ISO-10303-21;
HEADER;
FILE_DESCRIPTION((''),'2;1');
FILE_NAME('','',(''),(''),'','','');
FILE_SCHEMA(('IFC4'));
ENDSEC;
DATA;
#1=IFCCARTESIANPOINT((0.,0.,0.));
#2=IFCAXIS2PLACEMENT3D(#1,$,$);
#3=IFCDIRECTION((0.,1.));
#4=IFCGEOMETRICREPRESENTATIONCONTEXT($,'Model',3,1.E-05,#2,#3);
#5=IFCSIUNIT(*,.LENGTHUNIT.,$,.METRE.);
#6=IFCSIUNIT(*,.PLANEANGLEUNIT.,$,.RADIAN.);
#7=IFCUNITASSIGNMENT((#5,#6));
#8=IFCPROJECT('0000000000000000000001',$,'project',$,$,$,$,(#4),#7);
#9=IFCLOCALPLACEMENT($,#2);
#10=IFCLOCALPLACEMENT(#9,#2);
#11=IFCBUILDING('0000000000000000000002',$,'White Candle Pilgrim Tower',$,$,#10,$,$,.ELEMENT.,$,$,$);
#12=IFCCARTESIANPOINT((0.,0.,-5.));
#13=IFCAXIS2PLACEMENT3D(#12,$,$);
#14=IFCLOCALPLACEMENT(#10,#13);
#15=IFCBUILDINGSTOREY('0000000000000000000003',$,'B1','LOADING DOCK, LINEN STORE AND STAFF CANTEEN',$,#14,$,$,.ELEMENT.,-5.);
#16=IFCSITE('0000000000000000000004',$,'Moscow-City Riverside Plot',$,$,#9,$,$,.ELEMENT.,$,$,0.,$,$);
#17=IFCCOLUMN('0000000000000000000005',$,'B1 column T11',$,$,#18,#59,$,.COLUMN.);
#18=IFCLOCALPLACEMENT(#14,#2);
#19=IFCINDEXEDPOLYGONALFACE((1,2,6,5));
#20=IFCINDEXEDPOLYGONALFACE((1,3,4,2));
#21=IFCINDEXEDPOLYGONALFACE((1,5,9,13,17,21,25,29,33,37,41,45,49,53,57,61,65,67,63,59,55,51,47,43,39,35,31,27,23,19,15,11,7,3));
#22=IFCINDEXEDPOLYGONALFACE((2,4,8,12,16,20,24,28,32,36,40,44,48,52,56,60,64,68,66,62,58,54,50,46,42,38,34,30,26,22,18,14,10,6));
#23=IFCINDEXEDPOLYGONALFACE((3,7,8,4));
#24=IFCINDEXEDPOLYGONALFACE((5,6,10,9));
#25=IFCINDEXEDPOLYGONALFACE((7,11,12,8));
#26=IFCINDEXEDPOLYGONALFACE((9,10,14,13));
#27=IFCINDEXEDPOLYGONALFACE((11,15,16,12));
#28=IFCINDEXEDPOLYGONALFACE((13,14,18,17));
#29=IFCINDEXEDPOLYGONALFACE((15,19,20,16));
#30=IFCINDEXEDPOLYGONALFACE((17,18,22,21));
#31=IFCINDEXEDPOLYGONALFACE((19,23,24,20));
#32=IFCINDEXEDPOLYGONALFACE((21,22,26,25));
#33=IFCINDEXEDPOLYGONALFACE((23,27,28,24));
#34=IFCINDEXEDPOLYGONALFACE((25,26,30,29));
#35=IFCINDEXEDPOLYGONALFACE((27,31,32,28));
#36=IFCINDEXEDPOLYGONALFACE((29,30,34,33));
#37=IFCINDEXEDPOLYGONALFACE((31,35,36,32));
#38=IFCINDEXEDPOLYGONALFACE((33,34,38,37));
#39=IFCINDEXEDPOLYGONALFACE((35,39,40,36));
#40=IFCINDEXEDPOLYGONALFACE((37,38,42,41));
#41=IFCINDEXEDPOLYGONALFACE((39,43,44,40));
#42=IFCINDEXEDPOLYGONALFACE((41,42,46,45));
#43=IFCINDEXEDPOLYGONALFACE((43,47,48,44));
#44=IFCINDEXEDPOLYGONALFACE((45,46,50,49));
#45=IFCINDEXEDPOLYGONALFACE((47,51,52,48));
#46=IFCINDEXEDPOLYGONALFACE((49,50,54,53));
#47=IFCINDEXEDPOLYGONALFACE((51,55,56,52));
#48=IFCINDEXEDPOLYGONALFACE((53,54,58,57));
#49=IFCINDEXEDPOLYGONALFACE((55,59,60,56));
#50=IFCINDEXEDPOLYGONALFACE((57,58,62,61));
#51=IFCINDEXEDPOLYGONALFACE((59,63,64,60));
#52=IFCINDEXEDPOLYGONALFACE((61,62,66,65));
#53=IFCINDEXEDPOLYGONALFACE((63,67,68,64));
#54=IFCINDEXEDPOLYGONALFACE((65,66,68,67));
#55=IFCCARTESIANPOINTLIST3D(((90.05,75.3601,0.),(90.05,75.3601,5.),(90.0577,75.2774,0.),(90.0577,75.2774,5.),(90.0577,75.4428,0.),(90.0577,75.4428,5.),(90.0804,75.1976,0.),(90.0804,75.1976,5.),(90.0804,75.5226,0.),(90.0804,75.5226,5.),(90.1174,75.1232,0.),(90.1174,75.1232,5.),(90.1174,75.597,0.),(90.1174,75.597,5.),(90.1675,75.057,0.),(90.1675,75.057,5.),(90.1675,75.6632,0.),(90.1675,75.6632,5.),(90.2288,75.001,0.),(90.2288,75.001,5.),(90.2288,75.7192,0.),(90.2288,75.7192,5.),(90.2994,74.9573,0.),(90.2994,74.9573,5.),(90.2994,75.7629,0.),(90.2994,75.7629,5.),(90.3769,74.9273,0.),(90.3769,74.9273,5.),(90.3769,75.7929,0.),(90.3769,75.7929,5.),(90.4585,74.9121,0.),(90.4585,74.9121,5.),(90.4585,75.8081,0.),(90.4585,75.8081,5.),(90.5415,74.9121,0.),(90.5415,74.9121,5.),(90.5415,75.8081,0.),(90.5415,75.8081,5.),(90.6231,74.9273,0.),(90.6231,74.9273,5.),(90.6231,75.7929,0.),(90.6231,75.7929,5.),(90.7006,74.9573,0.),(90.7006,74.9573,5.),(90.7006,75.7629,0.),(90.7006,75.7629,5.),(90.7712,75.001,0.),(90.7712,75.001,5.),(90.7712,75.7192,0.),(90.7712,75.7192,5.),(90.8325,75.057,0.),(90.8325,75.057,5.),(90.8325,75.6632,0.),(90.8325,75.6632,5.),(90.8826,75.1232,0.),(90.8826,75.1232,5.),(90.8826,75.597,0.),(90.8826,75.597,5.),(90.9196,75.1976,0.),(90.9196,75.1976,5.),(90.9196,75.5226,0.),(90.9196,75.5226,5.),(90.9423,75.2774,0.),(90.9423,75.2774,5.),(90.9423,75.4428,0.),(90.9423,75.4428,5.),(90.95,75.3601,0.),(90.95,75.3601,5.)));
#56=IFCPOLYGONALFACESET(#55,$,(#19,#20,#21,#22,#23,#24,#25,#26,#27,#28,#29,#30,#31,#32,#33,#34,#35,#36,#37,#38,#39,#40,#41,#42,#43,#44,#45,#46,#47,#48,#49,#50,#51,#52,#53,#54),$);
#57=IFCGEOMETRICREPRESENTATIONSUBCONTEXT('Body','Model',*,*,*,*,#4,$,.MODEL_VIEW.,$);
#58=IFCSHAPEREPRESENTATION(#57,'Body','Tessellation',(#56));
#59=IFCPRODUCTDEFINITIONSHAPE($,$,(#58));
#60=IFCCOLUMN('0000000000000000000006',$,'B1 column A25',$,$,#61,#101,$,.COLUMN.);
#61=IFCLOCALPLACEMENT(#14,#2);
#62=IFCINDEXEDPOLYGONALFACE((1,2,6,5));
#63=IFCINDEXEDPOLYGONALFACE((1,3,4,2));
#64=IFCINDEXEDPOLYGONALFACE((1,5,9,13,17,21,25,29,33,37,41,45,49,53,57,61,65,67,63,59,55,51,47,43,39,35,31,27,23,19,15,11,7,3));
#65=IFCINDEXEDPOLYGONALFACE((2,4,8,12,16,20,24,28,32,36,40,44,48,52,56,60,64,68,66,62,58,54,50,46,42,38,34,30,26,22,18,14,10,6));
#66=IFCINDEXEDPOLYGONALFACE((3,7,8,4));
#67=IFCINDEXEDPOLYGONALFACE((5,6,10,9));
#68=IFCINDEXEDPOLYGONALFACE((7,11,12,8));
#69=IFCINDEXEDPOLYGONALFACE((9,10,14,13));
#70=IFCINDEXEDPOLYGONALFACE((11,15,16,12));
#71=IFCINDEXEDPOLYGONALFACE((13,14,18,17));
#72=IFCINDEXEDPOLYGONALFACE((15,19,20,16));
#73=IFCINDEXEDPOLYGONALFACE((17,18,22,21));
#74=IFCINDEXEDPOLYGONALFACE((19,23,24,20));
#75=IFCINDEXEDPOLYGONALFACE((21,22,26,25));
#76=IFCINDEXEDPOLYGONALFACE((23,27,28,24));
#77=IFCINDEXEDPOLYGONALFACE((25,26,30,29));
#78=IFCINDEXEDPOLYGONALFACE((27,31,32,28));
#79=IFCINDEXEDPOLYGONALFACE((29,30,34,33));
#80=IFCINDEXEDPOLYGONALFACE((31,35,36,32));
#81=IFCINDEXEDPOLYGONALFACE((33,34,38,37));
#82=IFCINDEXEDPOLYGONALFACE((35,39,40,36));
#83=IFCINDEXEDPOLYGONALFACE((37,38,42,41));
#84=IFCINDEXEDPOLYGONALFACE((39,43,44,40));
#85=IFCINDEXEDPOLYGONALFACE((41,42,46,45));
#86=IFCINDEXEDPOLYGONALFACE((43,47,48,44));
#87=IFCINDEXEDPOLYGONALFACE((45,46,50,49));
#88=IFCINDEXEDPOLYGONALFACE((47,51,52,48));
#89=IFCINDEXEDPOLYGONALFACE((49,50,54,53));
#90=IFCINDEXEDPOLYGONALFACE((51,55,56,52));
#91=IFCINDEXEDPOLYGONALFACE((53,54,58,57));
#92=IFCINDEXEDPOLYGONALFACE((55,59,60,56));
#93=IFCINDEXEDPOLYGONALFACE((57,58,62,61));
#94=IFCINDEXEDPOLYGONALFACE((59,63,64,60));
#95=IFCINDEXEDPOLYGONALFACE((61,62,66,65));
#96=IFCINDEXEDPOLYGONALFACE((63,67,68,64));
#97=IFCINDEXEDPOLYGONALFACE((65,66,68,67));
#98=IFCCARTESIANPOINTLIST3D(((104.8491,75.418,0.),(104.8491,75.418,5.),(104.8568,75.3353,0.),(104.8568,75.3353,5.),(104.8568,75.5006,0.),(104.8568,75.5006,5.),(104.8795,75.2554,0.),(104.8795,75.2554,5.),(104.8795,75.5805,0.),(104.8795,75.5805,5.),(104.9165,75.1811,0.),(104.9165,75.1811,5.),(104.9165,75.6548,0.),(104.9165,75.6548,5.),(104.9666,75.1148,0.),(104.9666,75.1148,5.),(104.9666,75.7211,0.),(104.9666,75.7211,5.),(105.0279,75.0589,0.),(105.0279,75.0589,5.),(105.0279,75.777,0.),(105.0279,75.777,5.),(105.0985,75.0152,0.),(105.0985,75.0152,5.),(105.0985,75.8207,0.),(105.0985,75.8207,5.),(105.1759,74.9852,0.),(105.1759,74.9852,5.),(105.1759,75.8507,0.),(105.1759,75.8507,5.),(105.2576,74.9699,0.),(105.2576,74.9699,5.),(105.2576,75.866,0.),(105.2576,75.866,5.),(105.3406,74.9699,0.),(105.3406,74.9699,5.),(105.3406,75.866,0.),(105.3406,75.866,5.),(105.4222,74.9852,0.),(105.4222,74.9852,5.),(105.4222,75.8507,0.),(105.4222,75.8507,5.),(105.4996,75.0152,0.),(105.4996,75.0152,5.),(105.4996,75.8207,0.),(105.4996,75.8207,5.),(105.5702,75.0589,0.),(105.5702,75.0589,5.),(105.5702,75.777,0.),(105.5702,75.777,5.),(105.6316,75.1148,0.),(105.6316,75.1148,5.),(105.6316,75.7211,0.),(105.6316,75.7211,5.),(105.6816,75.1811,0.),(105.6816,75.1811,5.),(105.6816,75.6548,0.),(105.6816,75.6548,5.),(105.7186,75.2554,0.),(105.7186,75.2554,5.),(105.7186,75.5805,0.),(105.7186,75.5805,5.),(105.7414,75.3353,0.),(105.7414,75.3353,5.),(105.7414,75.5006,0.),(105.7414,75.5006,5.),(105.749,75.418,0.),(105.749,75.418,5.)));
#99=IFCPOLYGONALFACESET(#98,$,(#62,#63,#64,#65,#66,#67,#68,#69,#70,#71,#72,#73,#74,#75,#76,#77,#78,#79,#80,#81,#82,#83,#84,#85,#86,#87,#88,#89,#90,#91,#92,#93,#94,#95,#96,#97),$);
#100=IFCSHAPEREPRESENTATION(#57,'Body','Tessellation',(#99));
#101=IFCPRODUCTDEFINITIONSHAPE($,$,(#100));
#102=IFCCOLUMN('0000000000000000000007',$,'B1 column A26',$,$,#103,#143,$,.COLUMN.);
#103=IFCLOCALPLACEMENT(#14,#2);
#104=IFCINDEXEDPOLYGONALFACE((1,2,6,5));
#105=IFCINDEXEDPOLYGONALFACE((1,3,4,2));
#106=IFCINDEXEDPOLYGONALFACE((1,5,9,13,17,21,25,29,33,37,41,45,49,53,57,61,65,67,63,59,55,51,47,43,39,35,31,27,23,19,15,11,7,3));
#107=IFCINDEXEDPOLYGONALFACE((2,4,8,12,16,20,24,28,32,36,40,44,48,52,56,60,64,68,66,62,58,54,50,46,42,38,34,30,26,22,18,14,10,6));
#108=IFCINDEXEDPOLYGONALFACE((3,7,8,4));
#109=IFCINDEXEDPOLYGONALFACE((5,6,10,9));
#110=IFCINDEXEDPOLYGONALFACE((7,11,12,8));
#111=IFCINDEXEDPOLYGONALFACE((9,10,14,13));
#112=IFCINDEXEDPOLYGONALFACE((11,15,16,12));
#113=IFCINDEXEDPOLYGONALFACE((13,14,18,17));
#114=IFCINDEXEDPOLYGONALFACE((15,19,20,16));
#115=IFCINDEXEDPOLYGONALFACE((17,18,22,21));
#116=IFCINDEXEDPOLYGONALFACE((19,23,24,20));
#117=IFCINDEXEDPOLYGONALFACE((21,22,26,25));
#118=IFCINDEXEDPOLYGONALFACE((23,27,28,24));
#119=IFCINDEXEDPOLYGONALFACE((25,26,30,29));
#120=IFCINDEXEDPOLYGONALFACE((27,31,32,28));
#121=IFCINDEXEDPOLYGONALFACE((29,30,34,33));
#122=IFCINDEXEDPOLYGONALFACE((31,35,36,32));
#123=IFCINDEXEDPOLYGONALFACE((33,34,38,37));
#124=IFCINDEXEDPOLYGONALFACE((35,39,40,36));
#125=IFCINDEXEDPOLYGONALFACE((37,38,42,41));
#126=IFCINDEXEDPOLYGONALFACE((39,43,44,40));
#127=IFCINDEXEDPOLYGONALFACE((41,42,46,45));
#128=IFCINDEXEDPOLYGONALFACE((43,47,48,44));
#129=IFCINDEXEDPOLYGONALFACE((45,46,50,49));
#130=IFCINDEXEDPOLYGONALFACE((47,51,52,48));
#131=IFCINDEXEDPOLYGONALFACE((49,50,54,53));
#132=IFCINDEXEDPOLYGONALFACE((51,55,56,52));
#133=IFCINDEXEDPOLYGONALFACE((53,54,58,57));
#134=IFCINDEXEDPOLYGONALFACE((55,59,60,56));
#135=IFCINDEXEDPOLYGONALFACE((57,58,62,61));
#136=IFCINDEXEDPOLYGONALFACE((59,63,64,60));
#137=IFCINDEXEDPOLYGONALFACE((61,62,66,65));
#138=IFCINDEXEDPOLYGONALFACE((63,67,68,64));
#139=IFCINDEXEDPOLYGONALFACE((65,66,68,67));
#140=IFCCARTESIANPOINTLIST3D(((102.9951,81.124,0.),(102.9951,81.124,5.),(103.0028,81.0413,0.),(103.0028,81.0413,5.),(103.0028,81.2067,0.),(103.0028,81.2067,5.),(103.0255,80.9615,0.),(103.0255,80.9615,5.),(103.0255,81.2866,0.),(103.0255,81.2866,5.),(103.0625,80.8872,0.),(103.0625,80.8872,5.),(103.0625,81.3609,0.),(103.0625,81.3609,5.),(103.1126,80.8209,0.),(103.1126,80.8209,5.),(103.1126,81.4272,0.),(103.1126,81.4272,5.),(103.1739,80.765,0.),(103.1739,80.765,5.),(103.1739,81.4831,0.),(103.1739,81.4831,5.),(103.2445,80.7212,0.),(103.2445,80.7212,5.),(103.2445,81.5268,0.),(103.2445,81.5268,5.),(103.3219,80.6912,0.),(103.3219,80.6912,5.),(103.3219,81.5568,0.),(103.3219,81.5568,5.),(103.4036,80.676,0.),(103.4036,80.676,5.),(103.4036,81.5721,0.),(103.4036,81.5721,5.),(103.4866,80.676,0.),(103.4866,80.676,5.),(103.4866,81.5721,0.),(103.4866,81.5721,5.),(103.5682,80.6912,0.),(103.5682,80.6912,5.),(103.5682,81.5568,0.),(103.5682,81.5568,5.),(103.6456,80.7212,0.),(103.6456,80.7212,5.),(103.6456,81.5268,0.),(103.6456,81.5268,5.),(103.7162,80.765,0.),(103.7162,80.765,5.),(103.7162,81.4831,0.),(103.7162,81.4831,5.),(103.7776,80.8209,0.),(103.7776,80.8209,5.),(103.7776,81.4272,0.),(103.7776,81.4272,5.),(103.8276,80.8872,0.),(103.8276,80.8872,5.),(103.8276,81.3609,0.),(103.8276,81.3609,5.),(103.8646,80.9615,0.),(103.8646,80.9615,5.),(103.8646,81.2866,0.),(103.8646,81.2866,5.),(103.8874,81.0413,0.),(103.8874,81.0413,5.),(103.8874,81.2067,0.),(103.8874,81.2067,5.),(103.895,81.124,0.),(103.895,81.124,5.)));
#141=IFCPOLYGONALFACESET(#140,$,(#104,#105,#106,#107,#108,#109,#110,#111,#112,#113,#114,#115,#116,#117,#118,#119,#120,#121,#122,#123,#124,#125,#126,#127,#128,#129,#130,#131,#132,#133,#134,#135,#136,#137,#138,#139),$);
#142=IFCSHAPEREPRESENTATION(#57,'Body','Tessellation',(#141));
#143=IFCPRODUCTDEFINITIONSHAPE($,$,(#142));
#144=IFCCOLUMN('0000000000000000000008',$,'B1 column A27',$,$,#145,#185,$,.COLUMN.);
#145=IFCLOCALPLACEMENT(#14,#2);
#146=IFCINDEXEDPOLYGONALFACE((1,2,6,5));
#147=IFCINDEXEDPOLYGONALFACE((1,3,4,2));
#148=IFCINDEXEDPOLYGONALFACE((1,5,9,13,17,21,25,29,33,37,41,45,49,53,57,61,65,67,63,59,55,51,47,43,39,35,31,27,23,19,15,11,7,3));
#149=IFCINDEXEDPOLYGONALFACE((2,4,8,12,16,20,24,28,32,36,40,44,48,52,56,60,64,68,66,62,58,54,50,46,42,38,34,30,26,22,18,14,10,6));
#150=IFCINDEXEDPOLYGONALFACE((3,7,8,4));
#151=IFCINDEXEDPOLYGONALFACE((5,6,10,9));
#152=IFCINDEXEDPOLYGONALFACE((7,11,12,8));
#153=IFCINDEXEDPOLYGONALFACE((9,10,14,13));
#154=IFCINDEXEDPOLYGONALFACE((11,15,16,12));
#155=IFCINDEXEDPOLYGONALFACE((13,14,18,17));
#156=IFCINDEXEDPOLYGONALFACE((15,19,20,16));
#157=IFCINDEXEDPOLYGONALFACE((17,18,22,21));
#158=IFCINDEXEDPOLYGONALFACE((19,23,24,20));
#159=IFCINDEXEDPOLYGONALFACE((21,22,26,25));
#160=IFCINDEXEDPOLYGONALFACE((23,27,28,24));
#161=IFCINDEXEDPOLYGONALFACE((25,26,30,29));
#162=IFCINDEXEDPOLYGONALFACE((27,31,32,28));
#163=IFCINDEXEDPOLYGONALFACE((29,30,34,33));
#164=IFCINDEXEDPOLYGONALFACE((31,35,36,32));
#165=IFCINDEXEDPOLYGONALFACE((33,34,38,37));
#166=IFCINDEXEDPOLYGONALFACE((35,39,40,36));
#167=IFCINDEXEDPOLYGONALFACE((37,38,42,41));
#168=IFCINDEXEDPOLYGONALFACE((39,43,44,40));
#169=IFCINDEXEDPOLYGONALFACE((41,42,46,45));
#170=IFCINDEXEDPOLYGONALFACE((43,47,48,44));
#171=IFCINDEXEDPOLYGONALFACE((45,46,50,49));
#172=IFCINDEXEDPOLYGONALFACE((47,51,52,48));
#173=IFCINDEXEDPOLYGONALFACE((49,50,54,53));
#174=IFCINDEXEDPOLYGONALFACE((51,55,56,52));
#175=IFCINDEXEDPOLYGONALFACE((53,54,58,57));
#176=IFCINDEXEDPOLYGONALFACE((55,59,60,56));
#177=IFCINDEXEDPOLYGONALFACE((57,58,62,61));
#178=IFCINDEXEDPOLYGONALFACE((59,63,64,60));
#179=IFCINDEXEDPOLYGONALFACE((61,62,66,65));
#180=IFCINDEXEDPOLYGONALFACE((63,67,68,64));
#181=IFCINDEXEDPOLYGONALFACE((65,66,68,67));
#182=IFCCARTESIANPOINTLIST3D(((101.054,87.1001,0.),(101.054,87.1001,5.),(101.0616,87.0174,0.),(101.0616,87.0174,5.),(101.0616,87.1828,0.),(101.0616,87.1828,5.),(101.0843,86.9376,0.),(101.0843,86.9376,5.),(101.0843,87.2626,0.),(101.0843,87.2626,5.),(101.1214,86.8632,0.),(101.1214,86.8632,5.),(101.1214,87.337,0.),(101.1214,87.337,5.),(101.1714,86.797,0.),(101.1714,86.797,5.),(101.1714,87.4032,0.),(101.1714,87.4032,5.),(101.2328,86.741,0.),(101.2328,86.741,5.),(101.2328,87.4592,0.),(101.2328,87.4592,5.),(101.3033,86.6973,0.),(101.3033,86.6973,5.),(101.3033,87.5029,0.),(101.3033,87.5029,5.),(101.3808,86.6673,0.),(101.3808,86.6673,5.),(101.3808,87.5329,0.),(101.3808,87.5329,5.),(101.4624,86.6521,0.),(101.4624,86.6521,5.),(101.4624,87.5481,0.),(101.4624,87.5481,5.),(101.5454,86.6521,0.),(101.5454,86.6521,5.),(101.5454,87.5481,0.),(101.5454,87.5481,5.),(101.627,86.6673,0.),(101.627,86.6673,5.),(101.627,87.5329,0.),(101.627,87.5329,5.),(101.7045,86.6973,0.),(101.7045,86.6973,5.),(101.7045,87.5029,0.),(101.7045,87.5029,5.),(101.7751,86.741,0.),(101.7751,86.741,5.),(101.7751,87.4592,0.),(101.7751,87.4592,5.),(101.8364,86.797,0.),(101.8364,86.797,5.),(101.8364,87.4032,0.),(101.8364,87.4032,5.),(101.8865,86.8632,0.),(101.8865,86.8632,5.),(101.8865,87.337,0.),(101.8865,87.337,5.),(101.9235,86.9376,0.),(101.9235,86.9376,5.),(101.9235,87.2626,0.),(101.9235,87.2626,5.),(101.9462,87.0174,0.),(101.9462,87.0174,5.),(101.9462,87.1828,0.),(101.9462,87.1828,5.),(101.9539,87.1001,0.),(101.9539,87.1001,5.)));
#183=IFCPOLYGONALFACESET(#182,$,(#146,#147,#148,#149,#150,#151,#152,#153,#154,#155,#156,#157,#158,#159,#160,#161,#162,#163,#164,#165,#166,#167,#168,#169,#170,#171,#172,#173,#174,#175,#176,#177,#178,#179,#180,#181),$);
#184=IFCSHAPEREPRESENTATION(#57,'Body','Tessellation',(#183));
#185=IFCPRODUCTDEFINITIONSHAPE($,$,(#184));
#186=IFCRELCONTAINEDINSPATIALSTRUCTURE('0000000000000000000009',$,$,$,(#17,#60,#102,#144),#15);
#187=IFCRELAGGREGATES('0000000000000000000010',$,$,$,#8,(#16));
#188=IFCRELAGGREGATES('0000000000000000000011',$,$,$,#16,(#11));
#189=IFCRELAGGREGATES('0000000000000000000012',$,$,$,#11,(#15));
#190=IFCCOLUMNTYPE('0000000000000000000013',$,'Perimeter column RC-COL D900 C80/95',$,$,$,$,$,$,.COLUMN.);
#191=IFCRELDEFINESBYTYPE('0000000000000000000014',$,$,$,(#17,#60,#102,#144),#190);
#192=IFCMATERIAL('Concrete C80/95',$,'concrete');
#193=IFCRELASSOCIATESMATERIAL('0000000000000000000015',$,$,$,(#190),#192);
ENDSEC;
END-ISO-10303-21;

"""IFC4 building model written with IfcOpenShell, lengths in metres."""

from ifc_helpers import new_model, si_unit, direction, frame, origin, origin_2d, place, context, subcontext, project, spatial, circle, extrude, material, material_profile, profile_set, type_object, element, save


model = new_model("IFC4")

# Units and contexts
model_context = context("Model", 3, precision=1e-05, world=origin(), true_north=direction((0.0, 1.0)))
body_context = subcontext(model_context, "Body", "Model", "MODEL_VIEW")
ifc_project = project(units=[si_unit("LENGTHUNIT", "METRE"), si_unit("PLANEANGLEUNIT", "RADIAN")], contexts=[model_context])

# Site, building, storey
site_placement = place(None, origin())
site = spatial("IfcSite", under=ifc_project, at=site_placement, Name="Moscow-City Riverside Plot", CompositionType="ELEMENT", RefElevation=0.0)
building_placement = place(site_placement, origin())
building = spatial("IfcBuilding", under=site, at=building_placement, Name="White Candle Pilgrim Tower", CompositionType="ELEMENT")
storey_placement = place(building_placement, frame((0.0, 0.0, -5.0)))
storey = spatial("IfcBuildingStorey", under=building, at=storey_placement, Name="B1", Description="LOADING DOCK, LINEN STORE AND STAFF CANTEEN", CompositionType="ELEMENT", Elevation=-5.0)

# Columns
ifc_material_1 = material(Name="Concrete C80/95", Category="concrete")
ifc_material_profile_1 = material_profile(ifc_material_1, circle(Radius=0.45, at=origin_2d()), Name="RC-COL D900")
ifc_profile_set_1 = profile_set([ifc_material_profile_1], Name="Concrete C80/95")
column_type = type_object("IfcColumnType", Name="Perimeter column RC-COL D900 C80/95", PredefinedType="COLUMN", material=ifc_profile_set_1)
for number, where, z_axis, x_axis, name in (
    (1, (90.5, 75.3601, 0.0), (0.0, 0.0, 1.0), (1.0, 0.0, 0.0), "B1 column T11"),
    (2, (105.2991, 75.418, 0.0), (0.0, 0.0, 1.0), (1.0, 0.0, 0.0), "B1 column A25"),
    (3, (103.4451, 81.124, 0.0), (0.0, 0.0, 1.0), (1.0, 0.0, 0.0), "B1 column A26"),
    (4, (101.5039, 87.1001, 0.0), (0.0, 0.0, 1.0), (1.0, 0.0, 0.0), "B1 column A27"),
):
    element("IfcColumn", number, at=place(storey_placement, frame(where, z_axis=z_axis, x_axis=x_axis)), inside=storey, type_object=column_type, Name=name, PredefinedType="COLUMN", context=body_context, shape_type="SweptSolid", body=[
        extrude(circle(Radius=0.45, at=origin_2d()), origin(), (0.0, 0.0, 1.0), 5.0),
    ])

save(model, "model.ifc")
